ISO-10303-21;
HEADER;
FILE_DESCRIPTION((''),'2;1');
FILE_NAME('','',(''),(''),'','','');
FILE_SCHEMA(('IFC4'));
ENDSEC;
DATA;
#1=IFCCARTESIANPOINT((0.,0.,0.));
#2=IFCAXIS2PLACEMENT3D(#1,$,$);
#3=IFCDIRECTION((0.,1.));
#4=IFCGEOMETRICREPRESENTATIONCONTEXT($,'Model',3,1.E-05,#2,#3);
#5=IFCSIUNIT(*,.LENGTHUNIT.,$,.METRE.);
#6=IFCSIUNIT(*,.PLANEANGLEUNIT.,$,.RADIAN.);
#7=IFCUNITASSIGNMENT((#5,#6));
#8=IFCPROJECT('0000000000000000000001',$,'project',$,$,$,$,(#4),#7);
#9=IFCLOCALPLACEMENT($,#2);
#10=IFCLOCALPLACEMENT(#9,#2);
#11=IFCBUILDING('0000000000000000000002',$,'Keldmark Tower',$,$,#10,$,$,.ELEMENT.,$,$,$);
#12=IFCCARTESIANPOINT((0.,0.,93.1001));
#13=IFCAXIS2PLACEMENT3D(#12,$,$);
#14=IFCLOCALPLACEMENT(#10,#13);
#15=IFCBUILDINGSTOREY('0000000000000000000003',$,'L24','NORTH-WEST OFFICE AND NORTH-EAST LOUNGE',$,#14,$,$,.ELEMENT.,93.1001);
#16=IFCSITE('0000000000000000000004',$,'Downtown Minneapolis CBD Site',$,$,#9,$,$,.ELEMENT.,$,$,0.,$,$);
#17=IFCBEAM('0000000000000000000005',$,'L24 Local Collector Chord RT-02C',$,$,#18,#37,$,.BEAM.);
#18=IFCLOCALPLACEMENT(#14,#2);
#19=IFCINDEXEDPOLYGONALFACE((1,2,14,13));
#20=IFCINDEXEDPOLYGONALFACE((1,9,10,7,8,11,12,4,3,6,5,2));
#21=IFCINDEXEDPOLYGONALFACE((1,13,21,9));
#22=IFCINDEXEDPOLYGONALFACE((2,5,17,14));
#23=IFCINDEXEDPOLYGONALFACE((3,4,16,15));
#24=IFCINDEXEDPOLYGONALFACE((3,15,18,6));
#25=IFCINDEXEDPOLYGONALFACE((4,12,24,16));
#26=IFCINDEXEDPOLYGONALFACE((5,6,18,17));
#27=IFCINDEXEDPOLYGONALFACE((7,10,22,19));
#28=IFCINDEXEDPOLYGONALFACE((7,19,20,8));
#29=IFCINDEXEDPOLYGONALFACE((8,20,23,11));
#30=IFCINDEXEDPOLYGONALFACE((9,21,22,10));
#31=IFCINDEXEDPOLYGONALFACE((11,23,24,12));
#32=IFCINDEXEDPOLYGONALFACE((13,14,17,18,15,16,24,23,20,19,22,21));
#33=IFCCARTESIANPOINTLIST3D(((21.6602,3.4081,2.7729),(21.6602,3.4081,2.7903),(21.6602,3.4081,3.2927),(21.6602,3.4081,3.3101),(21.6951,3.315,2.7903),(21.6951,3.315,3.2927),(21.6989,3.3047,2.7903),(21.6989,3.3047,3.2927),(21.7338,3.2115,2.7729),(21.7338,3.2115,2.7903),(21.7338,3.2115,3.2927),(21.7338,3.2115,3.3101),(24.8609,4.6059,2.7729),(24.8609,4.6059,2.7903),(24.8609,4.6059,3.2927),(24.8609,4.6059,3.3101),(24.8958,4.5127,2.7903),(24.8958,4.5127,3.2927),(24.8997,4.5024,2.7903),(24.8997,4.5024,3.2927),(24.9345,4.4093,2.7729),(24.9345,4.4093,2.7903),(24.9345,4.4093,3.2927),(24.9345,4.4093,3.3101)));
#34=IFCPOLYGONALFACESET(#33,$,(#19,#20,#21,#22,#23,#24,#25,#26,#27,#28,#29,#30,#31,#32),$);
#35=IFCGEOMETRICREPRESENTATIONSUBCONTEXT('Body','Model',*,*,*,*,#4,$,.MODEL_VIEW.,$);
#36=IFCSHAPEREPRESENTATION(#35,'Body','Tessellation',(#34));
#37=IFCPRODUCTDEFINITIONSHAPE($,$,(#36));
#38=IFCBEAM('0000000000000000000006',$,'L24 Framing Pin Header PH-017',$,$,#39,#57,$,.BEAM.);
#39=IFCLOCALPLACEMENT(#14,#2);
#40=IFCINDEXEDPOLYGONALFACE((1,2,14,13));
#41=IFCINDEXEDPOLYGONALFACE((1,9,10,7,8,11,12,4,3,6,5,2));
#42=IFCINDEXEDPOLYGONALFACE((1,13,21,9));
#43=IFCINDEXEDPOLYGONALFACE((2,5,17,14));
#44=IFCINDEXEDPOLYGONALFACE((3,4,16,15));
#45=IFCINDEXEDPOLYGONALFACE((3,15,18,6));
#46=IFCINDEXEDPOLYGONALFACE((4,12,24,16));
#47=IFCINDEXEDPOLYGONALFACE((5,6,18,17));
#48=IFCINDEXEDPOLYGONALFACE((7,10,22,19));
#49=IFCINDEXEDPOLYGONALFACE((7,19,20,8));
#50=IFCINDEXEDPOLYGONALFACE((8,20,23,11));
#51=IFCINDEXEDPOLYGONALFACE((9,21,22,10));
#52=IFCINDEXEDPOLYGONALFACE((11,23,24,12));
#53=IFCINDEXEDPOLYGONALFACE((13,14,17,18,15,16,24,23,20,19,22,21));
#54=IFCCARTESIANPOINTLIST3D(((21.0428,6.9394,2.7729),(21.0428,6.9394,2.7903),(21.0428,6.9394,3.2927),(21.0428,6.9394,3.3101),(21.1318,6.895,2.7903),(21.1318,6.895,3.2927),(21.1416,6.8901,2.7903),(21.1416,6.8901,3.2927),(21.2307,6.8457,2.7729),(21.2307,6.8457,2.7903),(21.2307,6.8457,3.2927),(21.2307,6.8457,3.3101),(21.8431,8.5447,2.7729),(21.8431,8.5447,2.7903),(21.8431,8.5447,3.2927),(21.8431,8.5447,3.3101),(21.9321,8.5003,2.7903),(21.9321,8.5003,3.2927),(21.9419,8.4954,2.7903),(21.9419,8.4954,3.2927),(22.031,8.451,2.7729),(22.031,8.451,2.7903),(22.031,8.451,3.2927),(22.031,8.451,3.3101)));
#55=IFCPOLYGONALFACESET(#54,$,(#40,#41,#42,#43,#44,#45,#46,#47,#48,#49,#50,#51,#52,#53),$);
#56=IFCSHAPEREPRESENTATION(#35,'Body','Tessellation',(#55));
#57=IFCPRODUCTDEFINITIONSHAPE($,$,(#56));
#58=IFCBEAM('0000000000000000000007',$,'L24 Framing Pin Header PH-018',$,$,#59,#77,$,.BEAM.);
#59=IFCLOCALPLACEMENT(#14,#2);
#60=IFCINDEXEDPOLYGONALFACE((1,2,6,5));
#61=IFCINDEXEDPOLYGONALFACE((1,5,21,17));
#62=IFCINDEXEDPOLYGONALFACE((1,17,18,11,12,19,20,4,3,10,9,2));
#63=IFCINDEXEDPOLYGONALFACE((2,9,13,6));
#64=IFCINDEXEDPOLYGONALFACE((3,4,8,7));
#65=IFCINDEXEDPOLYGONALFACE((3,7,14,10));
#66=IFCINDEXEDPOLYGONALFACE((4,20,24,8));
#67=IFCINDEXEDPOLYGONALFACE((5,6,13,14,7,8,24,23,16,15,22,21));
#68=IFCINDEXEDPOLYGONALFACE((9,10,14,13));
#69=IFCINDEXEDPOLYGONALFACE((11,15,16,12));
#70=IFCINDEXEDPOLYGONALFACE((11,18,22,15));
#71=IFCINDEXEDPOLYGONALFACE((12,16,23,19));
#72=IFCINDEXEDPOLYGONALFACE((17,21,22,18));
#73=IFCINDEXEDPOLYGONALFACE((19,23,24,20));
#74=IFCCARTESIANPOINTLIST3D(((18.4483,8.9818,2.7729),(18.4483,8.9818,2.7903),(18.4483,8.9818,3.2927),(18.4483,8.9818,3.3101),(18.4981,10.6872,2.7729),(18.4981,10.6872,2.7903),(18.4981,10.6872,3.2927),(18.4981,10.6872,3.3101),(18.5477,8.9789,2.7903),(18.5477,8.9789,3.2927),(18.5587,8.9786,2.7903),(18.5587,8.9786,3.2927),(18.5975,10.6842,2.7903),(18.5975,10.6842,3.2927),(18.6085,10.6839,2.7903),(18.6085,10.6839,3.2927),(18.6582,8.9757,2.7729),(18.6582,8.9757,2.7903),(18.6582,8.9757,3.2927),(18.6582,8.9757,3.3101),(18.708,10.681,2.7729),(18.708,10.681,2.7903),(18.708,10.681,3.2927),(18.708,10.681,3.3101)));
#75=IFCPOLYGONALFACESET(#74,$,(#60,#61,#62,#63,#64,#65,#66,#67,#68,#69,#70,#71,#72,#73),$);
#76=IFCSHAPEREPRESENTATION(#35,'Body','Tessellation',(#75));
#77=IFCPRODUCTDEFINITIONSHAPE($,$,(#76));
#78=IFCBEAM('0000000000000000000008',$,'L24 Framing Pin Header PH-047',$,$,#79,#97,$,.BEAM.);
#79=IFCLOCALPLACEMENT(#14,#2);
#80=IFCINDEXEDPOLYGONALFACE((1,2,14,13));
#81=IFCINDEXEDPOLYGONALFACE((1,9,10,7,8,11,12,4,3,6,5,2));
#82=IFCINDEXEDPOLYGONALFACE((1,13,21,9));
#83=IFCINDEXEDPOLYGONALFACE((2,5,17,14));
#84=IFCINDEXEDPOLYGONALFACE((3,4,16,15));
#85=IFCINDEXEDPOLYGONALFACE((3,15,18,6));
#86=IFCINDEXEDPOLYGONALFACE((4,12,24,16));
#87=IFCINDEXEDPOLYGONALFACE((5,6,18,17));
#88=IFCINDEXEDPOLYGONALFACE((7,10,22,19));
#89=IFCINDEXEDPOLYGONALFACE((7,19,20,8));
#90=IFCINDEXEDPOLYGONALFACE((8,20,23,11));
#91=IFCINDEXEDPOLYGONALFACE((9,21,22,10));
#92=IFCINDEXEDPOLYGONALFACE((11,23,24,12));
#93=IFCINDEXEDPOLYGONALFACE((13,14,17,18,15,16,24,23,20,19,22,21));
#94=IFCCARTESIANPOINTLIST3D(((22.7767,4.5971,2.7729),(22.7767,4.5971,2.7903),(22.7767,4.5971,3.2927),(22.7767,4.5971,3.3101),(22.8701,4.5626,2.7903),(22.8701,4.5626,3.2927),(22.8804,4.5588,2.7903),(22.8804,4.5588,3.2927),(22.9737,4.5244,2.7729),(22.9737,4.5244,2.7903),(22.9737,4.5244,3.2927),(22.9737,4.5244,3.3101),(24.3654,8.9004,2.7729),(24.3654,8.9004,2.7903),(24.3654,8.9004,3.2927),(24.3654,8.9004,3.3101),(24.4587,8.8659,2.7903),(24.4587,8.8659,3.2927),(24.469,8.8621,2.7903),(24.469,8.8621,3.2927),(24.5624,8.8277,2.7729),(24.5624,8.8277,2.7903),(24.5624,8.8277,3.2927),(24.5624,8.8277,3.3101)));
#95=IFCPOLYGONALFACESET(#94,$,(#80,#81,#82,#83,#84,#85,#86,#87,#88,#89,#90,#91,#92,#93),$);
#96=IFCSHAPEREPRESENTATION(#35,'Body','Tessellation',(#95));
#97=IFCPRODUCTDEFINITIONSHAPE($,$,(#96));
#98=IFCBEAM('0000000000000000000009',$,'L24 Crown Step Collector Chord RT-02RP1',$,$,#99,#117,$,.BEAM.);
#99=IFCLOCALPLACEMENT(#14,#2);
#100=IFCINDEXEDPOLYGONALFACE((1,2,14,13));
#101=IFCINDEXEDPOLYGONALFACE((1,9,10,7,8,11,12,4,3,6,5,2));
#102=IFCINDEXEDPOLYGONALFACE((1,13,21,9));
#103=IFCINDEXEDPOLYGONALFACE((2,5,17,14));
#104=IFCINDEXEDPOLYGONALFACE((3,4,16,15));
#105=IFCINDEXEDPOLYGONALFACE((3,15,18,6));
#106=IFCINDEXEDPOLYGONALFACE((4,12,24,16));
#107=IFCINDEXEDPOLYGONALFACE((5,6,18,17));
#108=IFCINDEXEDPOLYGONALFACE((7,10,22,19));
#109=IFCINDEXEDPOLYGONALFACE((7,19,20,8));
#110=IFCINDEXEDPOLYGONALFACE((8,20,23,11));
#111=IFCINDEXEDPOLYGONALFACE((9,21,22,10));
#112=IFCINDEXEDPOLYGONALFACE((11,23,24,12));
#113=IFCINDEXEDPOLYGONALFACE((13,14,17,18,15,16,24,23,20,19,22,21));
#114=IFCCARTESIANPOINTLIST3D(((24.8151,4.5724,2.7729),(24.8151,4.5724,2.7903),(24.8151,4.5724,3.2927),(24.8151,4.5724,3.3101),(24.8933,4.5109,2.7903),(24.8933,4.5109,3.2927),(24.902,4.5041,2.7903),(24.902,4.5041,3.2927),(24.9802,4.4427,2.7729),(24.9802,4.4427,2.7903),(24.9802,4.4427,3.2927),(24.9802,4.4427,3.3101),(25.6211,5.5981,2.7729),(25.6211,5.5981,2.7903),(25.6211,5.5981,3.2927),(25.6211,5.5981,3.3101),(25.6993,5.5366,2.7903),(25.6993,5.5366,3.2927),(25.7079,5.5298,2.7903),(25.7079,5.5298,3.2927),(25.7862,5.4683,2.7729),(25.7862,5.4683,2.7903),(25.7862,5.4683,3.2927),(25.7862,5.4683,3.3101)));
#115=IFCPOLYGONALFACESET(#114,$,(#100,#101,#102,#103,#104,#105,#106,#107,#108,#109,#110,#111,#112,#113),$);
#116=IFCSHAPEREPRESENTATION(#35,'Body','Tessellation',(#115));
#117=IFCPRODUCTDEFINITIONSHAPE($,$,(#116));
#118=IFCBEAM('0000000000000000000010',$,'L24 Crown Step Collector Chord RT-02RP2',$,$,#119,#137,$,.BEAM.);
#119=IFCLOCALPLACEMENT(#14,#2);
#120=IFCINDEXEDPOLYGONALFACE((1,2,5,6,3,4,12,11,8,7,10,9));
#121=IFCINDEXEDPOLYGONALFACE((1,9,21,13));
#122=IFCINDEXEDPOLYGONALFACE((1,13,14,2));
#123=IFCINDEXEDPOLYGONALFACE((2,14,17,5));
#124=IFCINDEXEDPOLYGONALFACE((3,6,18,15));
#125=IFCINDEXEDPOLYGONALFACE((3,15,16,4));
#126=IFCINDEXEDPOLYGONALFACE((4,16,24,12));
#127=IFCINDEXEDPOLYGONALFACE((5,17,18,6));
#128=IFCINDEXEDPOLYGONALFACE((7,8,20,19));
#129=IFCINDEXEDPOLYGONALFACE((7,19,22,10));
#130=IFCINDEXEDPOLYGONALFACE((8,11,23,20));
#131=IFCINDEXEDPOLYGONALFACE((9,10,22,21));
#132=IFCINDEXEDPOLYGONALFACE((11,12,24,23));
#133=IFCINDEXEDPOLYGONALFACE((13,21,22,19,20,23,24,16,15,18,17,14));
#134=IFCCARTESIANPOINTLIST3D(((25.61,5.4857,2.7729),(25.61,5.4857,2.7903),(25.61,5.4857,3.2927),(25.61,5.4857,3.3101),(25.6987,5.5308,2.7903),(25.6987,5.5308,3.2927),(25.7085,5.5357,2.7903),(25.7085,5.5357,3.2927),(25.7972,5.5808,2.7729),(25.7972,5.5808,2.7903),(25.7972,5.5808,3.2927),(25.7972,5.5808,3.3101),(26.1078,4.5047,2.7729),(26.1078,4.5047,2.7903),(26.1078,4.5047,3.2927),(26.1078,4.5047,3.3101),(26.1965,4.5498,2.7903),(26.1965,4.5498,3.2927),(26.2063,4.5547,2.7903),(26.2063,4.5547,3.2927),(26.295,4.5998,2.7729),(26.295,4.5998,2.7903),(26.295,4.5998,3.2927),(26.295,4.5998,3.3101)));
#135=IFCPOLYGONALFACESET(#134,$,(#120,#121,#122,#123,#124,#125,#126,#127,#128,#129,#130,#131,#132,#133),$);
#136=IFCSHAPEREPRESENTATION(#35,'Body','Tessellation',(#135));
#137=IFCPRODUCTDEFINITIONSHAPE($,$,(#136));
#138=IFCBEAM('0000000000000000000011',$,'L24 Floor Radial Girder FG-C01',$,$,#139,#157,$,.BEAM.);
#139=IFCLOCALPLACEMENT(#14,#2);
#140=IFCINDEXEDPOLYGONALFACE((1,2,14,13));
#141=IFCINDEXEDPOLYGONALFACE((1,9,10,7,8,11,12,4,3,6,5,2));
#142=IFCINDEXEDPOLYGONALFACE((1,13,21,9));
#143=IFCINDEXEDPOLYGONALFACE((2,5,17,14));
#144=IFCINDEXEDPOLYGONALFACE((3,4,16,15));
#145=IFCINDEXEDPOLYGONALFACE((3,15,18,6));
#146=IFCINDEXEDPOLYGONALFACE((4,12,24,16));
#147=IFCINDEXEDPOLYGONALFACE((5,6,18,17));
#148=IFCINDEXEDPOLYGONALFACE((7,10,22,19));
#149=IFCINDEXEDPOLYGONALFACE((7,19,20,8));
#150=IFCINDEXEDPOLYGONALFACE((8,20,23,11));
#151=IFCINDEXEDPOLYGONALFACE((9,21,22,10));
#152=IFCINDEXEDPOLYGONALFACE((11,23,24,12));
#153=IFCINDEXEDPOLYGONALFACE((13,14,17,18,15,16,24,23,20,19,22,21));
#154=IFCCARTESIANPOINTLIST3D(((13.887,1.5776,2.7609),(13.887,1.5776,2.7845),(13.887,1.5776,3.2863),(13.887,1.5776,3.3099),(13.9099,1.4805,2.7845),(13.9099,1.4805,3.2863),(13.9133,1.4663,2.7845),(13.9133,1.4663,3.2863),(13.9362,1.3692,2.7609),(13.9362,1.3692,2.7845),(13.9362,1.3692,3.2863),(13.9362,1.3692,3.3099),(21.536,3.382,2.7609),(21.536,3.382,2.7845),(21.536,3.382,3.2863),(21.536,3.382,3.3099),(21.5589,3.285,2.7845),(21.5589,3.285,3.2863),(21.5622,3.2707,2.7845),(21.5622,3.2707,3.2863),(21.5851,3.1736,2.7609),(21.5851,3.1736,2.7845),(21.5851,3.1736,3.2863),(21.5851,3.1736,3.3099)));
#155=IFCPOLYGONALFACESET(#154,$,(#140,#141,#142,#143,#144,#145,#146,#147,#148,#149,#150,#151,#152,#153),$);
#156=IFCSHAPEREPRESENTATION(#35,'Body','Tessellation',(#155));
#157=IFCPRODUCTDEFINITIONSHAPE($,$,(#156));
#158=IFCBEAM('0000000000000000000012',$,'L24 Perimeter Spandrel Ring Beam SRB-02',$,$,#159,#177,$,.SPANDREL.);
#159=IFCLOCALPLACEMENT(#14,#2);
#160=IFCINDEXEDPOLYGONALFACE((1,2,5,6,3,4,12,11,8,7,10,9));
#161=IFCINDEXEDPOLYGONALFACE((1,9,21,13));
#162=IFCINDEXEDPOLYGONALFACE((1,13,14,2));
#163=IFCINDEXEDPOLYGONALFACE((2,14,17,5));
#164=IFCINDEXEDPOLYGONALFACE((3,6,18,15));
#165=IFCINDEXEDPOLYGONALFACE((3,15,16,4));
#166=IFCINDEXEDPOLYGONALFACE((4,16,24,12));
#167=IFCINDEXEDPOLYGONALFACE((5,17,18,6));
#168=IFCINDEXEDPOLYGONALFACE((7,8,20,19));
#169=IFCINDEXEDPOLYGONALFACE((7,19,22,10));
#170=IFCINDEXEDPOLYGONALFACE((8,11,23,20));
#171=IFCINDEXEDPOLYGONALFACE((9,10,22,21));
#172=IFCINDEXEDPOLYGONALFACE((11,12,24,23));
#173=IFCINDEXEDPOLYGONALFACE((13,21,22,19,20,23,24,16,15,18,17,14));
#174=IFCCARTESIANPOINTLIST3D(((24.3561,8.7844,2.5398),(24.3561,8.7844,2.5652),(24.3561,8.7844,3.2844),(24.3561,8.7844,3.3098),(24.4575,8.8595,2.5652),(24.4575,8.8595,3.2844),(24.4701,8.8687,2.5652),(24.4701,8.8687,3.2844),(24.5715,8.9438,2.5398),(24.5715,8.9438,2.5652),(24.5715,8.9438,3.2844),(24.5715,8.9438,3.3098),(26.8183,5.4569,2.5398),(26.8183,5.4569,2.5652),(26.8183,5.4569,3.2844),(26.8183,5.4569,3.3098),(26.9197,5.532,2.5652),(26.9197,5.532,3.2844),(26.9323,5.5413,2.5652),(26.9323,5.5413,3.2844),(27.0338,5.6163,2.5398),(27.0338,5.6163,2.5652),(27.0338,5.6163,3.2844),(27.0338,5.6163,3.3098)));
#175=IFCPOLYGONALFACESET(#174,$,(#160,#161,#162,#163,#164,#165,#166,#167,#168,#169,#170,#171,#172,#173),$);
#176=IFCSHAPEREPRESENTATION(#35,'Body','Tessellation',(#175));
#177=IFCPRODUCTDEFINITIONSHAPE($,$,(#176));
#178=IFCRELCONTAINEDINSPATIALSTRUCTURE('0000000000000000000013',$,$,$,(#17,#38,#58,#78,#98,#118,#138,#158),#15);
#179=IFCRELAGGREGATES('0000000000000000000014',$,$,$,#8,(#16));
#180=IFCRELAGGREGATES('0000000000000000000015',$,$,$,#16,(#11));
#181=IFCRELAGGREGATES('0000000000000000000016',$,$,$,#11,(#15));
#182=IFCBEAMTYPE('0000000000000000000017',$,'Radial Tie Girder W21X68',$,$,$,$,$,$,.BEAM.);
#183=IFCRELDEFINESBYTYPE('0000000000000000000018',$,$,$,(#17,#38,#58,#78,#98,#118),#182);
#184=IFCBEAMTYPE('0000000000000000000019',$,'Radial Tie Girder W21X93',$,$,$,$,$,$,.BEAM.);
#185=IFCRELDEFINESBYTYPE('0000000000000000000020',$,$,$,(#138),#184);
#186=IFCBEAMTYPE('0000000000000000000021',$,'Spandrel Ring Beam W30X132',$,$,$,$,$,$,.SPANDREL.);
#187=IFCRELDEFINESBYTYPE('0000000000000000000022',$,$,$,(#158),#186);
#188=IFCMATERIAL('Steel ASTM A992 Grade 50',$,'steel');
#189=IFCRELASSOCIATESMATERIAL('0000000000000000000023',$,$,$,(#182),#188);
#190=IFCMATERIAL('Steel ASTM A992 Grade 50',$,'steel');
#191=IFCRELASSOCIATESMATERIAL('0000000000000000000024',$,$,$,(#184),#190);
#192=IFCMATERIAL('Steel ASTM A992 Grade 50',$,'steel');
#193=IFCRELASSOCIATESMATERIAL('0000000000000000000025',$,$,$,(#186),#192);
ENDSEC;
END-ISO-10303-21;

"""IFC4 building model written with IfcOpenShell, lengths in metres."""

from ifc_helpers import new_model, si_unit, direction, frame, origin, origin_2d, place, context, subcontext, project, spatial, i_section, extrude, material, material_profile, profile_set, type_object, element, save


model = new_model("IFC4")

# Units and contexts
model_context = context("Model", 3, precision=1e-05, world=origin(), true_north=direction((0.0, 1.0)))
body_context = subcontext(model_context, "Body", "Model", "MODEL_VIEW")
ifc_project = project(units=[si_unit("LENGTHUNIT", "METRE"), si_unit("PLANEANGLEUNIT", "RADIAN")], contexts=[model_context])

# Site, building, storey
site_placement = place(None, origin())
site = spatial("IfcSite", under=ifc_project, at=site_placement, Name="Downtown Minneapolis CBD Site", CompositionType="ELEMENT", RefElevation=0.0)
building_placement = place(site_placement, origin())
building = spatial("IfcBuilding", under=site, at=building_placement, Name="Keldmark Tower", CompositionType="ELEMENT")
storey_placement = place(building_placement, frame((0.0, 0.0, 93.1001)))
storey = spatial("IfcBuildingStorey", under=building, at=storey_placement, Name="L24", Description="NORTH-WEST OFFICE AND NORTH-EAST LOUNGE", CompositionType="ELEMENT", Elevation=93.1001)

# Beams
ifc_material_1 = material(Name="Steel ASTM A992 Grade 50", Category="steel")
ifc_material_profile_1 = material_profile(ifc_material_1, i_section(OverallWidth=0.21, OverallDepth=0.5371, WebThickness=0.011, FlangeThickness=0.0173, at=origin_2d()), Name="W21X68")
ifc_profile_set_1 = profile_set([ifc_material_profile_1], Name="Steel ASTM A992 Grade 50")
beam_type_1 = type_object("IfcBeamType", Name="Radial Tie Girder W21X68", PredefinedType="BEAM", material=ifc_profile_set_1)
beam_1_placement = place(storey_placement, frame((21.697, 3.3098, 3.0415), z_axis=(0.93657, 0.350481, 0.0), x_axis=(-0.350481, 0.93657, 0.0)))
element("IfcBeam", 1, at=beam_1_placement, inside=storey, type_object=beam_type_1, Name="L24 Local Collector Chord RT-02C", PredefinedType="BEAM", context=body_context, shape_type="SweptSolid", body=[
    extrude(i_section(OverallWidth=0.21, OverallDepth=0.5371, WebThickness=0.011, FlangeThickness=0.0173, at=origin_2d()), origin(), (0.0, 0.0, 1.0), 3.4175),
])
beam_2_placement = place(storey_placement, frame((21.1367, 6.8926, 3.0415), z_axis=(0.446179, 0.894944, 0.0), x_axis=(-0.894944, 0.446179, 0.0)))
element("IfcBeam", 2, at=beam_2_placement, inside=storey, type_object=beam_type_1, Name="L24 Framing Pin Header PH-017", PredefinedType="BEAM", context=body_context, shape_type="SweptSolid", body=[
    extrude(i_section(OverallWidth=0.21, OverallDepth=0.5371, WebThickness=0.011, FlangeThickness=0.0173, at=origin_2d()), origin(), (0.0, 0.0, 1.0), 1.7937),
])
beam_3_placement = place(storey_placement, frame((18.5532, 8.9788, 3.0415), z_axis=(0.029193, 0.999574, 0.0), x_axis=(-0.999574, 0.029193, 0.0)))
element("IfcBeam", 3, at=beam_3_placement, inside=storey, type_object=beam_type_1, Name="L24 Framing Pin Header PH-018", PredefinedType="BEAM", context=body_context, shape_type="SweptSolid", body=[
    extrude(i_section(OverallWidth=0.21, OverallDepth=0.5371, WebThickness=0.011, FlangeThickness=0.0173, at=origin_2d()), origin(), (0.0, 0.0, 1.0), 1.7061),
])
beam_4_placement = place(storey_placement, frame((24.4639, 8.864, 3.0415), z_axis=(-0.346324, -0.938115, 0.0), x_axis=(0.938115, -0.346324, 0.0)))
element("IfcBeam", 4, at=beam_4_placement, inside=storey, type_object=beam_type_1, Name="L24 Framing Pin Header PH-047", PredefinedType="BEAM", context=body_context, shape_type="SweptSolid", body=[
    extrude(i_section(OverallWidth=0.21, OverallDepth=0.5371, WebThickness=0.011, FlangeThickness=0.0173, at=origin_2d()), origin(), (0.0, 0.0, 1.0), 4.5872),
])
beam_5_placement = place(storey_placement, frame((25.7036, 5.5332, 3.0415), z_axis=(-0.617846, -0.786299, 0.0), x_axis=(0.786299, -0.617846, 0.0)))
element("IfcBeam", 5, at=beam_5_placement, inside=storey, type_object=beam_type_1, Name="L24 Crown Step Collector Chord RT-02RP1", PredefinedType="BEAM", context=body_context, shape_type="SweptSolid", body=[
    extrude(i_section(OverallWidth=0.21, OverallDepth=0.5371, WebThickness=0.011, FlangeThickness=0.0173, at=origin_2d()), origin(), (0.0, 0.0, 1.0), 1.3044),
])
beam_6_placement = place(storey_placement, frame((26.2014, 4.5522, 3.0415), z_axis=(-0.452532, 0.891748, 0.0), x_axis=(-0.891748, -0.452532, 0.0)))
element("IfcBeam", 6, at=beam_6_placement, inside=storey, type_object=beam_type_1, Name="L24 Crown Step Collector Chord RT-02RP2", PredefinedType="BEAM", context=body_context, shape_type="SweptSolid", body=[
    extrude(i_section(OverallWidth=0.21, OverallDepth=0.5371, WebThickness=0.011, FlangeThickness=0.0173, at=origin_2d()), origin(), (0.0, 0.0, 1.0), 1.1001),
])
ifc_material_2 = material(Name="Steel ASTM A992 Grade 50", Category="steel")
ifc_material_profile_2 = material_profile(ifc_material_2, i_section(OverallWidth=0.2141, OverallDepth=0.5491, WebThickness=0.0146, FlangeThickness=0.0237, at=origin_2d()), Name="W21X93")
ifc_profile_set_2 = profile_set([ifc_material_profile_2], Name="Steel ASTM A992 Grade 50")
beam_type_2 = type_object("IfcBeamType", Name="Radial Tie Girder W21X93", PredefinedType="BEAM", material=ifc_profile_set_2)
beam_7_placement = place(storey_placement, frame((21.5605, 3.2778, 3.0354), z_axis=(-0.973284, -0.229606, 0.0), x_axis=(0.229606, -0.973284, 0.0)))
element("IfcBeam", 7, at=beam_7_placement, inside=storey, type_object=beam_type_2, Name="L24 Floor Radial Girder FG-C01", PredefinedType="BEAM", context=body_context, shape_type="SweptSolid", body=[
    extrude(i_section(OverallWidth=0.2141, OverallDepth=0.5491, WebThickness=0.0146, FlangeThickness=0.0237, at=origin_2d()), origin(), (0.0, 0.0, 1.0), 7.8589),
])
ifc_material_3 = material(Name="Steel ASTM A992 Grade 50", Category="steel")
ifc_material_profile_3 = material_profile(ifc_material_3, i_section(OverallWidth=0.2681, OverallDepth=0.77, WebThickness=0.0156, FlangeThickness=0.0254, at=origin_2d()), Name="W30X132")
ifc_profile_set_3 = profile_set([ifc_material_profile_3], Name="Steel ASTM A992 Grade 50")
beam_type_3 = type_object("IfcBeamType", Name="Spandrel Ring Beam W30X132", PredefinedType="SPANDREL", material=ifc_profile_set_3)
beam_8_placement = place(storey_placement, frame((26.926, 5.5366, 2.9248), z_axis=(-0.594825, 0.803855, 0.0), x_axis=(-0.803855, -0.594825, 0.0)))
element("IfcBeam", 8, at=beam_8_placement, inside=storey, type_object=beam_type_3, Name="L24 Perimeter Spandrel Ring Beam SRB-02", PredefinedType="SPANDREL", context=body_context, shape_type="SweptSolid", body=[
    extrude(i_section(OverallWidth=0.2681, OverallDepth=0.77, WebThickness=0.0156, FlangeThickness=0.0254, at=origin_2d()), origin(), (0.0, 0.0, 1.0), 4.1394),
])

save(model, "model.ifc")
